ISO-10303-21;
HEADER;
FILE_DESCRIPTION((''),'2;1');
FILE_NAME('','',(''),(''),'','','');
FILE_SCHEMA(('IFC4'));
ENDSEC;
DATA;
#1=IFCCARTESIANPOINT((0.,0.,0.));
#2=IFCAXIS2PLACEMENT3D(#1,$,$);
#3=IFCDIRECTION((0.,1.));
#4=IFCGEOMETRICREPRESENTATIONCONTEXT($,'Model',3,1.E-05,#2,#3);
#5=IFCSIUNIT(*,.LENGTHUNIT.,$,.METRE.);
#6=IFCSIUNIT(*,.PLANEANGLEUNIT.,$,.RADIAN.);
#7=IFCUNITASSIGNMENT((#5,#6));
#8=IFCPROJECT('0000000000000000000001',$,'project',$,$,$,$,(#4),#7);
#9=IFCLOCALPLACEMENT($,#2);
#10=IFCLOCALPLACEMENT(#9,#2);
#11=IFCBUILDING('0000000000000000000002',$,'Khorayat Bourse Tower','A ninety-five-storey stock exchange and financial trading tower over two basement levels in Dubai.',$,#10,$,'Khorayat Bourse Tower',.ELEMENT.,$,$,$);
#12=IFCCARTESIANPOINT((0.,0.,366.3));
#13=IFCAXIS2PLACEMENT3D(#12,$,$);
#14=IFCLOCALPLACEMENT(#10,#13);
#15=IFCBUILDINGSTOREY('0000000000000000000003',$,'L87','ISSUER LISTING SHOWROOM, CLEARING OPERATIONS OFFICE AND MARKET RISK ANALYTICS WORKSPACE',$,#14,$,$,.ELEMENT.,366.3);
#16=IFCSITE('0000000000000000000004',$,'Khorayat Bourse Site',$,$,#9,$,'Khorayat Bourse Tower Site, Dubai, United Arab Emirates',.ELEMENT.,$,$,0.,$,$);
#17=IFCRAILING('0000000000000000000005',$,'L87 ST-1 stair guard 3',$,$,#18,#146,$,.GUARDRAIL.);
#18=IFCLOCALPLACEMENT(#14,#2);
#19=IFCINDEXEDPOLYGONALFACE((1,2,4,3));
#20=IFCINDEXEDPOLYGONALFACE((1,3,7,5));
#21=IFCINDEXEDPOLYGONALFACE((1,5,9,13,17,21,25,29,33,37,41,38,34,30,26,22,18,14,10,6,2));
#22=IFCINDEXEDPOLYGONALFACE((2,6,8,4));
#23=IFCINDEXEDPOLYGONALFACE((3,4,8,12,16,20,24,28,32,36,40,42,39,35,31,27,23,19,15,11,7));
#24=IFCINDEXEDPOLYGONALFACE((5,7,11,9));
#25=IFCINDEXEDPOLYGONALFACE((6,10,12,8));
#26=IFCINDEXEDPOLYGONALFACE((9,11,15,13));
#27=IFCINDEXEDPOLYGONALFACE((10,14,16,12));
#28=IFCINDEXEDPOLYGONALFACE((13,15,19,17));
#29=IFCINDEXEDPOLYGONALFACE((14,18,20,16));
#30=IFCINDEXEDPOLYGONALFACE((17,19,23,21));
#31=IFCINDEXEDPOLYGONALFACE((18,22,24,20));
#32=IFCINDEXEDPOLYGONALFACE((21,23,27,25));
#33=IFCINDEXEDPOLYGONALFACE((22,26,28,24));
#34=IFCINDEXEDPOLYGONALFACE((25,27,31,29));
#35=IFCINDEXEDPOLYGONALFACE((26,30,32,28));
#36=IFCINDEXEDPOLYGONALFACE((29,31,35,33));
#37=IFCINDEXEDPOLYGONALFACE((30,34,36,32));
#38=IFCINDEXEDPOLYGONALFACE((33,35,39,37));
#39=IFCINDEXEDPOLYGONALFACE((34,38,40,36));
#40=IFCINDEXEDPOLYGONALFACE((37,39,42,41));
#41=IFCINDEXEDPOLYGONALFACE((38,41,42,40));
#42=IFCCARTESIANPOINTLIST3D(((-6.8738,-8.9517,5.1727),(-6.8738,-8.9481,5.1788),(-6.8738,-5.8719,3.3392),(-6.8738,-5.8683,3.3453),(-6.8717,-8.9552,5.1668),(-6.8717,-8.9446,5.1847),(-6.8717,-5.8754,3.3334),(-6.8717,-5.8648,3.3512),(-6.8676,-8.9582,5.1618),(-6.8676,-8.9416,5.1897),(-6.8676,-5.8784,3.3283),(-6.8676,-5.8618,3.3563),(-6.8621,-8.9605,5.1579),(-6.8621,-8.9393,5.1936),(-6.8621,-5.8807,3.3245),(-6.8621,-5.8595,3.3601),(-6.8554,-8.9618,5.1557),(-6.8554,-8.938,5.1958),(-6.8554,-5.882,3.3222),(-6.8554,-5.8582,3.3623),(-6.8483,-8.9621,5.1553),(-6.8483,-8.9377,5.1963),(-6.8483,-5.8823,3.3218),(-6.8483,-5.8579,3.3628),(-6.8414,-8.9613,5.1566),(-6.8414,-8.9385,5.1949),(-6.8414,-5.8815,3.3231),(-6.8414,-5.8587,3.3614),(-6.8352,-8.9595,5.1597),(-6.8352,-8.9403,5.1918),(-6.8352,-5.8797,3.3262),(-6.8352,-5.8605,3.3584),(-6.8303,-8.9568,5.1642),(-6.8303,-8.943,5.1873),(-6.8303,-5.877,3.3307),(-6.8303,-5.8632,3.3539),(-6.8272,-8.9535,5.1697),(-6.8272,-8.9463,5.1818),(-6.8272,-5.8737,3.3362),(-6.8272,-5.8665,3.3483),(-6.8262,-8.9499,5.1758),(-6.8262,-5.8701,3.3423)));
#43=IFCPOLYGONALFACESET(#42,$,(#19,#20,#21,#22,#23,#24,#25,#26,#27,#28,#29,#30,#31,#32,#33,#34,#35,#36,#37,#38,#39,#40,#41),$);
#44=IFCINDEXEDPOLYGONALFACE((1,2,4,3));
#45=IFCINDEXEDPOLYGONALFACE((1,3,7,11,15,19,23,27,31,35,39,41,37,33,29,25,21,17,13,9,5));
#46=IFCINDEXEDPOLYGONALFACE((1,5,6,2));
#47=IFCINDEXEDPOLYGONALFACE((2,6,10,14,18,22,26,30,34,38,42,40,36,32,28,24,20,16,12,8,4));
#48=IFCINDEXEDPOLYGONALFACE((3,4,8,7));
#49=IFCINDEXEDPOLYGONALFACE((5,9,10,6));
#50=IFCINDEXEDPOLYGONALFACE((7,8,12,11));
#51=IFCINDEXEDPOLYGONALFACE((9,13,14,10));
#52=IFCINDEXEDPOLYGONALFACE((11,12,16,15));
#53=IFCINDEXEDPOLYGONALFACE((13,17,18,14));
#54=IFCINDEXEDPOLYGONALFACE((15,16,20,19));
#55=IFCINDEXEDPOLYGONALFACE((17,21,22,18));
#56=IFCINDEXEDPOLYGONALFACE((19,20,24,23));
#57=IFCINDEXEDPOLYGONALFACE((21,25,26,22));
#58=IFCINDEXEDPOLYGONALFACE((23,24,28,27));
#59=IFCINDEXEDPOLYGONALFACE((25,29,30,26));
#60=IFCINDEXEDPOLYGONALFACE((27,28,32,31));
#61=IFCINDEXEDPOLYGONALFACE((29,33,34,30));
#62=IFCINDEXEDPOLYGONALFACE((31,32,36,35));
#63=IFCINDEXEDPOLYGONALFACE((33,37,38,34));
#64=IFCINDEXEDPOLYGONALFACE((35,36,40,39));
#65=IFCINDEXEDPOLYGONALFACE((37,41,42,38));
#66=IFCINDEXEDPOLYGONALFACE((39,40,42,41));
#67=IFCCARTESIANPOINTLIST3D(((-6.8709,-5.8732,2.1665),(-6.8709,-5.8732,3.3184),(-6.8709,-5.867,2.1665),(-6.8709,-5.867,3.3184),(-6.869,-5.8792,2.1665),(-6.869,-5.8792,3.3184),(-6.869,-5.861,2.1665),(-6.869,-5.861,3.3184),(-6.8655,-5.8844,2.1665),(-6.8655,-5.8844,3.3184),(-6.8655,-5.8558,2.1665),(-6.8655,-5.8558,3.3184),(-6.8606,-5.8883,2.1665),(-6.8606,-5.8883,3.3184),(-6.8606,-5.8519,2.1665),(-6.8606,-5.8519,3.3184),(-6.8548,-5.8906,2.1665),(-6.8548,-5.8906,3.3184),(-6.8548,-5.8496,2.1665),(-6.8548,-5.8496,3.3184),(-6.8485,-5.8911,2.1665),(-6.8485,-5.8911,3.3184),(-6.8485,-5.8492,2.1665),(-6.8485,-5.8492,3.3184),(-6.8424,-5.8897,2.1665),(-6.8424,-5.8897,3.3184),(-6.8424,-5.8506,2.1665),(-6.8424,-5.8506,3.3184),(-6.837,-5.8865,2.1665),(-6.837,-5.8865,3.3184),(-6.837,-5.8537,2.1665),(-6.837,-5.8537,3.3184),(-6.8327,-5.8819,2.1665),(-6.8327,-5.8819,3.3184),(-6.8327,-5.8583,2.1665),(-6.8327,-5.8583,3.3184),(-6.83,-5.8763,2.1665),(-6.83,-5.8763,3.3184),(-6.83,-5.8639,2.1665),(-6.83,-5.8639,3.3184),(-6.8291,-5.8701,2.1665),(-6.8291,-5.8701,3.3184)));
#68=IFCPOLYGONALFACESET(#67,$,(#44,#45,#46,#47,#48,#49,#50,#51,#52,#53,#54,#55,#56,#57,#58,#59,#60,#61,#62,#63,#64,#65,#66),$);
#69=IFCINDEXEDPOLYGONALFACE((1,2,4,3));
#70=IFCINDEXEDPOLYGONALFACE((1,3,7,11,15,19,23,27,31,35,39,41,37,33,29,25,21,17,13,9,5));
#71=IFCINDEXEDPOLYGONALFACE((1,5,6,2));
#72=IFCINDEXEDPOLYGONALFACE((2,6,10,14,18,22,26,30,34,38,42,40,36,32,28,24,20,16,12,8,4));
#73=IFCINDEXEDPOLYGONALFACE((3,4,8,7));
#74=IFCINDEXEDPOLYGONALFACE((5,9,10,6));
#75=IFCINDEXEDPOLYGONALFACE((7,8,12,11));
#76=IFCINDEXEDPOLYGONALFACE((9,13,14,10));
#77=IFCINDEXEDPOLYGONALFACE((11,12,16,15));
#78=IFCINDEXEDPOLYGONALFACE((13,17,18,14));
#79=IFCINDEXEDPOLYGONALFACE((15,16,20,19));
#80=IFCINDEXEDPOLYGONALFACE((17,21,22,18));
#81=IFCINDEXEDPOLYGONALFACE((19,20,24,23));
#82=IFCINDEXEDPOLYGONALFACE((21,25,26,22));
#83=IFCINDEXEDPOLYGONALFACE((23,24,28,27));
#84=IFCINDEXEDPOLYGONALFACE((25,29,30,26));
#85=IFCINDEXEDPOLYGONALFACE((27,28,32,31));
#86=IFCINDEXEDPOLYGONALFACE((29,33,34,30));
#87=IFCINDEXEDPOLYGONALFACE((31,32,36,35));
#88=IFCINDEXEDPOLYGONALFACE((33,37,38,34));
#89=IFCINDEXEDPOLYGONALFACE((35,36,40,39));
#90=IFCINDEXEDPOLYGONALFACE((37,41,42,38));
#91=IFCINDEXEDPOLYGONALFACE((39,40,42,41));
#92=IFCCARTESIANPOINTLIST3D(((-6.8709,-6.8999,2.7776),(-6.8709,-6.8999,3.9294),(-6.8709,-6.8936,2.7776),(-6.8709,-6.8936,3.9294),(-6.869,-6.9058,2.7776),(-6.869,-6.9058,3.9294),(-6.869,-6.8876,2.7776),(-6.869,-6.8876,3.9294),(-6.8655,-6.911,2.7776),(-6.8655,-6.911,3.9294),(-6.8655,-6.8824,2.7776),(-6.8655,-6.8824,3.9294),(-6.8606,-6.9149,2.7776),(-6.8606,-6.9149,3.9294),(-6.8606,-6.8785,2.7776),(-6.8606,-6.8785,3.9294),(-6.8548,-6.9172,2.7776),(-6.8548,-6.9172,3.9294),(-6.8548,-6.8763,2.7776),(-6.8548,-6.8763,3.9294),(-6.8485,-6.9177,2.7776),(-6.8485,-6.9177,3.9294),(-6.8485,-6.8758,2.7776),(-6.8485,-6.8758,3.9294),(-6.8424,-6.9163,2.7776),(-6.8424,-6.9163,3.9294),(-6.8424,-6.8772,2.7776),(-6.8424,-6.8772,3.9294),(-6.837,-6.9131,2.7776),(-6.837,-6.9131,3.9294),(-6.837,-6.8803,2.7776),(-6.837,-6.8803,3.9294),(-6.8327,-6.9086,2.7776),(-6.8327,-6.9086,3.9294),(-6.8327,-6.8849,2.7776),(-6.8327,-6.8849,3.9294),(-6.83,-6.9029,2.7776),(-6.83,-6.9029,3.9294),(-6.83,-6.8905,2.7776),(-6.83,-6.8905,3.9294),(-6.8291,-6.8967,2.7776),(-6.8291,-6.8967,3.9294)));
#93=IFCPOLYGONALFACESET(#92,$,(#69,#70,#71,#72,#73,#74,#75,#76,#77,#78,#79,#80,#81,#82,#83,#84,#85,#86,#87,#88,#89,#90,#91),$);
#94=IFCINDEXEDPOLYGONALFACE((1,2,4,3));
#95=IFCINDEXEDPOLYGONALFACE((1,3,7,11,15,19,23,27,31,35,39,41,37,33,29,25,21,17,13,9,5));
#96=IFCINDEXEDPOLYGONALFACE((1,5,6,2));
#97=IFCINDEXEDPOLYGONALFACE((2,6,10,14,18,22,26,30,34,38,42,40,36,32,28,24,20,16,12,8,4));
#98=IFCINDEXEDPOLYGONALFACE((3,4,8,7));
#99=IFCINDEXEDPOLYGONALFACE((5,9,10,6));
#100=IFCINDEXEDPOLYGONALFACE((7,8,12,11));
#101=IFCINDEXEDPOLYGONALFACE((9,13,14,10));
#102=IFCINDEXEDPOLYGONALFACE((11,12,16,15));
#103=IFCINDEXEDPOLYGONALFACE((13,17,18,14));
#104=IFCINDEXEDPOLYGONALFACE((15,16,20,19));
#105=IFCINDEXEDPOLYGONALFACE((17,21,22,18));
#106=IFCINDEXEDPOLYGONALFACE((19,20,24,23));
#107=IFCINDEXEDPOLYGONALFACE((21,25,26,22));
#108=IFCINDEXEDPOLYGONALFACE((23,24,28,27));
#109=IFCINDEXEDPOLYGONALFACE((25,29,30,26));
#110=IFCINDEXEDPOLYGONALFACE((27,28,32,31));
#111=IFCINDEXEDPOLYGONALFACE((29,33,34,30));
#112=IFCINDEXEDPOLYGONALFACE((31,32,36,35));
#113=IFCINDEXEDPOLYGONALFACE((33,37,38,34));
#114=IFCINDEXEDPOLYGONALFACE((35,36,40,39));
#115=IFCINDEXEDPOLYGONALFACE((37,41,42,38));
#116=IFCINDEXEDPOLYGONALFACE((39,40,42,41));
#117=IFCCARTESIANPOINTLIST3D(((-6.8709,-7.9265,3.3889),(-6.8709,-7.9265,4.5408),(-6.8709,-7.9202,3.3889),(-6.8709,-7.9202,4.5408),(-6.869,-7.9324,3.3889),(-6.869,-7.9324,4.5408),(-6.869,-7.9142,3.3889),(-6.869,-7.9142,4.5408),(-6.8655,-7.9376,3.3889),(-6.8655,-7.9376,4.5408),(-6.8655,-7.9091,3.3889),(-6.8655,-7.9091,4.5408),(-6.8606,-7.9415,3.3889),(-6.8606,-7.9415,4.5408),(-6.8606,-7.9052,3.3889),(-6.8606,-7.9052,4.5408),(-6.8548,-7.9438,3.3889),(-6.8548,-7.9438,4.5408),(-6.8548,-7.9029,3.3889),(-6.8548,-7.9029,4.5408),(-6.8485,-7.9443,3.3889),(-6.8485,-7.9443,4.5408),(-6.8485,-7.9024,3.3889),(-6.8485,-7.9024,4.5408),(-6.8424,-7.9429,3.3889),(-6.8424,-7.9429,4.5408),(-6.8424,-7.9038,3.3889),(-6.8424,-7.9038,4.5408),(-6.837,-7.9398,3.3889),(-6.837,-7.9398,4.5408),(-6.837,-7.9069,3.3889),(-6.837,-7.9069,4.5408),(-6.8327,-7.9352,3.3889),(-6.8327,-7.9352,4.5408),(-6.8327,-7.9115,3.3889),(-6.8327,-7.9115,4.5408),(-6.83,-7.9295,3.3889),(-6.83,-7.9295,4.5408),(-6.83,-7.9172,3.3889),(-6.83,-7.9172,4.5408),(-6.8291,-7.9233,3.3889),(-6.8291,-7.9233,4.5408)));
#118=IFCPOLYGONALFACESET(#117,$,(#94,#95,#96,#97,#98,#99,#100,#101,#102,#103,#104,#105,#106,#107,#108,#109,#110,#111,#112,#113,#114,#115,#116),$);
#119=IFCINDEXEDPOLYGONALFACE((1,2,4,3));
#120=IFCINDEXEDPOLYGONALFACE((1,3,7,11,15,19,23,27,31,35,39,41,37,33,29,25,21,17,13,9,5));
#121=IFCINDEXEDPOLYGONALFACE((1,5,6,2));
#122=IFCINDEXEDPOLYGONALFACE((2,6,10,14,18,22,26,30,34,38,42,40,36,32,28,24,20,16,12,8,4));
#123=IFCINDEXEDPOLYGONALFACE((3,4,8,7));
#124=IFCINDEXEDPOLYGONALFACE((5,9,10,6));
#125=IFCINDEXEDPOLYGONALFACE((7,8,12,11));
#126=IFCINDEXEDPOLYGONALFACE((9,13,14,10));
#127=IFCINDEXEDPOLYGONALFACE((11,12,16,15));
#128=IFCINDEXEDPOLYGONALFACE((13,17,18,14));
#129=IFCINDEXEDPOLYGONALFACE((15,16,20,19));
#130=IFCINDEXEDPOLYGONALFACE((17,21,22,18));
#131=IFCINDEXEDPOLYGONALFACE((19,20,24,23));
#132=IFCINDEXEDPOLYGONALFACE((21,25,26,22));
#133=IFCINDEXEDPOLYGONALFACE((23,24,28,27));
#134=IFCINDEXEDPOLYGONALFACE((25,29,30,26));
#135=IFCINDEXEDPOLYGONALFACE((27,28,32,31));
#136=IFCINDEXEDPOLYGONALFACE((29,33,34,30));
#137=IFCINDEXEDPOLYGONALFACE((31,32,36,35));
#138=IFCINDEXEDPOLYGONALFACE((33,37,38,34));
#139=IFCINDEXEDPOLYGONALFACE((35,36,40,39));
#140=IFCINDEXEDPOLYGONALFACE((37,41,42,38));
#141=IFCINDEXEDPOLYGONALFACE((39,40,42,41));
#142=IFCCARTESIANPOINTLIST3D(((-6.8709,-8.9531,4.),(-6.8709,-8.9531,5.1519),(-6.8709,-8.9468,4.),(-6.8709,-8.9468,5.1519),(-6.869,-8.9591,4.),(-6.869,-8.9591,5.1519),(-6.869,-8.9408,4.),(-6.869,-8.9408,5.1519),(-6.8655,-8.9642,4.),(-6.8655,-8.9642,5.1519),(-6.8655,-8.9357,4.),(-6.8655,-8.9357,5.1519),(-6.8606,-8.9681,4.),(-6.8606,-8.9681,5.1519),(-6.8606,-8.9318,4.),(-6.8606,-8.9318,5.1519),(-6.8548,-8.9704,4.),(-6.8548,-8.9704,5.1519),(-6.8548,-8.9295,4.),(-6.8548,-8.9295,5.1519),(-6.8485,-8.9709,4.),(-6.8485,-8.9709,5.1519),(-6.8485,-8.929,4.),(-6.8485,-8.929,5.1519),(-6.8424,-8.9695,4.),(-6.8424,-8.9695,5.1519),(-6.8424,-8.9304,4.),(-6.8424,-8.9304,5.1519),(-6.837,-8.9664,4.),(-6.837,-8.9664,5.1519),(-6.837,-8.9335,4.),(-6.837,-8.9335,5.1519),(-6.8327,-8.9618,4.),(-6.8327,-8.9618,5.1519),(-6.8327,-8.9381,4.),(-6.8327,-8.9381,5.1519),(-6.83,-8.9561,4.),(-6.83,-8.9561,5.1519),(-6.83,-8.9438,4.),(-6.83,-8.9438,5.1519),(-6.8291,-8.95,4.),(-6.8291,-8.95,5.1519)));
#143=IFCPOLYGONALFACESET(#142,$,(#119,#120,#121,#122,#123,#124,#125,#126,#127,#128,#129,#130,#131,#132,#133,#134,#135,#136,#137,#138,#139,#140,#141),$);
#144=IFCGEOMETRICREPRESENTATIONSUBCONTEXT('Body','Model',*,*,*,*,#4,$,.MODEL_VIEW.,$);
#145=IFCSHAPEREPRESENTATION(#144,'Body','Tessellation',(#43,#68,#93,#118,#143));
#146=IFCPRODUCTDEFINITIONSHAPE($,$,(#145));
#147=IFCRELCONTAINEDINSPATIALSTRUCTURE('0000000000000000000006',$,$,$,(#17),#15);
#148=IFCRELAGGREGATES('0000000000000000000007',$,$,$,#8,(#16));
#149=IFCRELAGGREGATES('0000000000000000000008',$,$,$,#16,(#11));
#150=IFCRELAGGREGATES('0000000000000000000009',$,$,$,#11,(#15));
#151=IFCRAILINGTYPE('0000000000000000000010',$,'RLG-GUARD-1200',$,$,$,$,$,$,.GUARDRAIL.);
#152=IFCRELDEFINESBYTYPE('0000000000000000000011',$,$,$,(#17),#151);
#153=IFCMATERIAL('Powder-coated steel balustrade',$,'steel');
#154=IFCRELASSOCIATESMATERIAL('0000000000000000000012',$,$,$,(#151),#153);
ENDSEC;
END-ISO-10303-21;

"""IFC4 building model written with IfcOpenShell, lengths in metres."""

from ifc_helpers import new_model, si_unit, direction, frame, origin, origin_2d, place, context, subcontext, project, spatial, circle, extrude, source, transform, mapped, material, type_object, element, save


model = new_model("IFC4")

# Units and contexts
model_context = context("Model", 3, precision=1e-05, world=origin(), true_north=direction((0.0, 1.0)))
body_context = subcontext(model_context, "Body", "Model", "MODEL_VIEW")
ifc_project = project(units=[si_unit("LENGTHUNIT", "METRE"), si_unit("PLANEANGLEUNIT", "RADIAN")], contexts=[model_context])

# Site, building, storey
site_placement = place(None, origin())
site = spatial("IfcSite", under=ifc_project, at=site_placement, Name="Khorayat Bourse Site", LongName="Khorayat Bourse Tower Site, Dubai, United Arab Emirates", CompositionType="ELEMENT", RefElevation=0.0)
building_placement = place(site_placement, origin())
building = spatial("IfcBuilding", under=site, at=building_placement, Name="Khorayat Bourse Tower", Description="A ninety-five-storey stock exchange and financial trading tower over two basement levels in Dubai.", LongName="Khorayat Bourse Tower", CompositionType="ELEMENT")
storey_placement = place(building_placement, frame((0.0, 0.0, 366.3)))
storey = spatial("IfcBuildingStorey", under=building, at=storey_placement, Name="L87", Description="ISSUER LISTING SHOWROOM, CLEARING OPERATIONS OFFICE AND MARKET RISK ANALYTICS WORKSPACE", CompositionType="ELEMENT", Elevation=366.3)

# Railing
ifc_material_1 = material(Name="Powder-coated steel balustrade", Category="steel")
railing_type_1 = type_object("IfcRailingType", Name="RLG-GUARD-1200", PredefinedType="GUARDRAIL", material=ifc_material_1)
shared_shape_1 = source(origin(), body_context, "Body", "SweptSolid", [
    extrude(circle(Radius=0.0239, at=origin_2d()), frame((0.0, 0.0, 1.1758), z_axis=(0.0, -0.859261, 0.511538), x_axis=(1.0, 0.0, 0.0)), (0.0, 0.0, 1.0), 3.5842),
    extrude(circle(Radius=0.021, at=origin_2d()), origin(), (0.0, 0.0, 1.0), 1.1519),
    extrude(circle(Radius=0.021, at=origin_2d()), frame((0.0, -1.0266, 0.6111)), (0.0, 0.0, 1.0), 1.1519),
    extrude(circle(Radius=0.021, at=origin_2d()), frame((0.0, -2.0532, 1.2224)), (0.0, 0.0, 1.0), 1.1519),
    extrude(circle(Radius=0.021, at=origin_2d()), frame((0.0, -3.0798, 1.8335)), (0.0, 0.0, 1.0), 1.1519),
])
railing_1_placement = place(storey_placement, frame((-6.8501, -5.8701, 2.1665)))
element("IfcRailing", 1, at=railing_1_placement, inside=storey, type_object=railing_type_1, Name="L87 ST-1 stair guard 3", PredefinedType="GUARDRAIL", context=body_context, shape_type="MappedRepresentation", body=[
    mapped(shared_shape_1, transform((0.0, 0.0, 0.0), scale=1.0)),
])

save(model, "model.ifc")
